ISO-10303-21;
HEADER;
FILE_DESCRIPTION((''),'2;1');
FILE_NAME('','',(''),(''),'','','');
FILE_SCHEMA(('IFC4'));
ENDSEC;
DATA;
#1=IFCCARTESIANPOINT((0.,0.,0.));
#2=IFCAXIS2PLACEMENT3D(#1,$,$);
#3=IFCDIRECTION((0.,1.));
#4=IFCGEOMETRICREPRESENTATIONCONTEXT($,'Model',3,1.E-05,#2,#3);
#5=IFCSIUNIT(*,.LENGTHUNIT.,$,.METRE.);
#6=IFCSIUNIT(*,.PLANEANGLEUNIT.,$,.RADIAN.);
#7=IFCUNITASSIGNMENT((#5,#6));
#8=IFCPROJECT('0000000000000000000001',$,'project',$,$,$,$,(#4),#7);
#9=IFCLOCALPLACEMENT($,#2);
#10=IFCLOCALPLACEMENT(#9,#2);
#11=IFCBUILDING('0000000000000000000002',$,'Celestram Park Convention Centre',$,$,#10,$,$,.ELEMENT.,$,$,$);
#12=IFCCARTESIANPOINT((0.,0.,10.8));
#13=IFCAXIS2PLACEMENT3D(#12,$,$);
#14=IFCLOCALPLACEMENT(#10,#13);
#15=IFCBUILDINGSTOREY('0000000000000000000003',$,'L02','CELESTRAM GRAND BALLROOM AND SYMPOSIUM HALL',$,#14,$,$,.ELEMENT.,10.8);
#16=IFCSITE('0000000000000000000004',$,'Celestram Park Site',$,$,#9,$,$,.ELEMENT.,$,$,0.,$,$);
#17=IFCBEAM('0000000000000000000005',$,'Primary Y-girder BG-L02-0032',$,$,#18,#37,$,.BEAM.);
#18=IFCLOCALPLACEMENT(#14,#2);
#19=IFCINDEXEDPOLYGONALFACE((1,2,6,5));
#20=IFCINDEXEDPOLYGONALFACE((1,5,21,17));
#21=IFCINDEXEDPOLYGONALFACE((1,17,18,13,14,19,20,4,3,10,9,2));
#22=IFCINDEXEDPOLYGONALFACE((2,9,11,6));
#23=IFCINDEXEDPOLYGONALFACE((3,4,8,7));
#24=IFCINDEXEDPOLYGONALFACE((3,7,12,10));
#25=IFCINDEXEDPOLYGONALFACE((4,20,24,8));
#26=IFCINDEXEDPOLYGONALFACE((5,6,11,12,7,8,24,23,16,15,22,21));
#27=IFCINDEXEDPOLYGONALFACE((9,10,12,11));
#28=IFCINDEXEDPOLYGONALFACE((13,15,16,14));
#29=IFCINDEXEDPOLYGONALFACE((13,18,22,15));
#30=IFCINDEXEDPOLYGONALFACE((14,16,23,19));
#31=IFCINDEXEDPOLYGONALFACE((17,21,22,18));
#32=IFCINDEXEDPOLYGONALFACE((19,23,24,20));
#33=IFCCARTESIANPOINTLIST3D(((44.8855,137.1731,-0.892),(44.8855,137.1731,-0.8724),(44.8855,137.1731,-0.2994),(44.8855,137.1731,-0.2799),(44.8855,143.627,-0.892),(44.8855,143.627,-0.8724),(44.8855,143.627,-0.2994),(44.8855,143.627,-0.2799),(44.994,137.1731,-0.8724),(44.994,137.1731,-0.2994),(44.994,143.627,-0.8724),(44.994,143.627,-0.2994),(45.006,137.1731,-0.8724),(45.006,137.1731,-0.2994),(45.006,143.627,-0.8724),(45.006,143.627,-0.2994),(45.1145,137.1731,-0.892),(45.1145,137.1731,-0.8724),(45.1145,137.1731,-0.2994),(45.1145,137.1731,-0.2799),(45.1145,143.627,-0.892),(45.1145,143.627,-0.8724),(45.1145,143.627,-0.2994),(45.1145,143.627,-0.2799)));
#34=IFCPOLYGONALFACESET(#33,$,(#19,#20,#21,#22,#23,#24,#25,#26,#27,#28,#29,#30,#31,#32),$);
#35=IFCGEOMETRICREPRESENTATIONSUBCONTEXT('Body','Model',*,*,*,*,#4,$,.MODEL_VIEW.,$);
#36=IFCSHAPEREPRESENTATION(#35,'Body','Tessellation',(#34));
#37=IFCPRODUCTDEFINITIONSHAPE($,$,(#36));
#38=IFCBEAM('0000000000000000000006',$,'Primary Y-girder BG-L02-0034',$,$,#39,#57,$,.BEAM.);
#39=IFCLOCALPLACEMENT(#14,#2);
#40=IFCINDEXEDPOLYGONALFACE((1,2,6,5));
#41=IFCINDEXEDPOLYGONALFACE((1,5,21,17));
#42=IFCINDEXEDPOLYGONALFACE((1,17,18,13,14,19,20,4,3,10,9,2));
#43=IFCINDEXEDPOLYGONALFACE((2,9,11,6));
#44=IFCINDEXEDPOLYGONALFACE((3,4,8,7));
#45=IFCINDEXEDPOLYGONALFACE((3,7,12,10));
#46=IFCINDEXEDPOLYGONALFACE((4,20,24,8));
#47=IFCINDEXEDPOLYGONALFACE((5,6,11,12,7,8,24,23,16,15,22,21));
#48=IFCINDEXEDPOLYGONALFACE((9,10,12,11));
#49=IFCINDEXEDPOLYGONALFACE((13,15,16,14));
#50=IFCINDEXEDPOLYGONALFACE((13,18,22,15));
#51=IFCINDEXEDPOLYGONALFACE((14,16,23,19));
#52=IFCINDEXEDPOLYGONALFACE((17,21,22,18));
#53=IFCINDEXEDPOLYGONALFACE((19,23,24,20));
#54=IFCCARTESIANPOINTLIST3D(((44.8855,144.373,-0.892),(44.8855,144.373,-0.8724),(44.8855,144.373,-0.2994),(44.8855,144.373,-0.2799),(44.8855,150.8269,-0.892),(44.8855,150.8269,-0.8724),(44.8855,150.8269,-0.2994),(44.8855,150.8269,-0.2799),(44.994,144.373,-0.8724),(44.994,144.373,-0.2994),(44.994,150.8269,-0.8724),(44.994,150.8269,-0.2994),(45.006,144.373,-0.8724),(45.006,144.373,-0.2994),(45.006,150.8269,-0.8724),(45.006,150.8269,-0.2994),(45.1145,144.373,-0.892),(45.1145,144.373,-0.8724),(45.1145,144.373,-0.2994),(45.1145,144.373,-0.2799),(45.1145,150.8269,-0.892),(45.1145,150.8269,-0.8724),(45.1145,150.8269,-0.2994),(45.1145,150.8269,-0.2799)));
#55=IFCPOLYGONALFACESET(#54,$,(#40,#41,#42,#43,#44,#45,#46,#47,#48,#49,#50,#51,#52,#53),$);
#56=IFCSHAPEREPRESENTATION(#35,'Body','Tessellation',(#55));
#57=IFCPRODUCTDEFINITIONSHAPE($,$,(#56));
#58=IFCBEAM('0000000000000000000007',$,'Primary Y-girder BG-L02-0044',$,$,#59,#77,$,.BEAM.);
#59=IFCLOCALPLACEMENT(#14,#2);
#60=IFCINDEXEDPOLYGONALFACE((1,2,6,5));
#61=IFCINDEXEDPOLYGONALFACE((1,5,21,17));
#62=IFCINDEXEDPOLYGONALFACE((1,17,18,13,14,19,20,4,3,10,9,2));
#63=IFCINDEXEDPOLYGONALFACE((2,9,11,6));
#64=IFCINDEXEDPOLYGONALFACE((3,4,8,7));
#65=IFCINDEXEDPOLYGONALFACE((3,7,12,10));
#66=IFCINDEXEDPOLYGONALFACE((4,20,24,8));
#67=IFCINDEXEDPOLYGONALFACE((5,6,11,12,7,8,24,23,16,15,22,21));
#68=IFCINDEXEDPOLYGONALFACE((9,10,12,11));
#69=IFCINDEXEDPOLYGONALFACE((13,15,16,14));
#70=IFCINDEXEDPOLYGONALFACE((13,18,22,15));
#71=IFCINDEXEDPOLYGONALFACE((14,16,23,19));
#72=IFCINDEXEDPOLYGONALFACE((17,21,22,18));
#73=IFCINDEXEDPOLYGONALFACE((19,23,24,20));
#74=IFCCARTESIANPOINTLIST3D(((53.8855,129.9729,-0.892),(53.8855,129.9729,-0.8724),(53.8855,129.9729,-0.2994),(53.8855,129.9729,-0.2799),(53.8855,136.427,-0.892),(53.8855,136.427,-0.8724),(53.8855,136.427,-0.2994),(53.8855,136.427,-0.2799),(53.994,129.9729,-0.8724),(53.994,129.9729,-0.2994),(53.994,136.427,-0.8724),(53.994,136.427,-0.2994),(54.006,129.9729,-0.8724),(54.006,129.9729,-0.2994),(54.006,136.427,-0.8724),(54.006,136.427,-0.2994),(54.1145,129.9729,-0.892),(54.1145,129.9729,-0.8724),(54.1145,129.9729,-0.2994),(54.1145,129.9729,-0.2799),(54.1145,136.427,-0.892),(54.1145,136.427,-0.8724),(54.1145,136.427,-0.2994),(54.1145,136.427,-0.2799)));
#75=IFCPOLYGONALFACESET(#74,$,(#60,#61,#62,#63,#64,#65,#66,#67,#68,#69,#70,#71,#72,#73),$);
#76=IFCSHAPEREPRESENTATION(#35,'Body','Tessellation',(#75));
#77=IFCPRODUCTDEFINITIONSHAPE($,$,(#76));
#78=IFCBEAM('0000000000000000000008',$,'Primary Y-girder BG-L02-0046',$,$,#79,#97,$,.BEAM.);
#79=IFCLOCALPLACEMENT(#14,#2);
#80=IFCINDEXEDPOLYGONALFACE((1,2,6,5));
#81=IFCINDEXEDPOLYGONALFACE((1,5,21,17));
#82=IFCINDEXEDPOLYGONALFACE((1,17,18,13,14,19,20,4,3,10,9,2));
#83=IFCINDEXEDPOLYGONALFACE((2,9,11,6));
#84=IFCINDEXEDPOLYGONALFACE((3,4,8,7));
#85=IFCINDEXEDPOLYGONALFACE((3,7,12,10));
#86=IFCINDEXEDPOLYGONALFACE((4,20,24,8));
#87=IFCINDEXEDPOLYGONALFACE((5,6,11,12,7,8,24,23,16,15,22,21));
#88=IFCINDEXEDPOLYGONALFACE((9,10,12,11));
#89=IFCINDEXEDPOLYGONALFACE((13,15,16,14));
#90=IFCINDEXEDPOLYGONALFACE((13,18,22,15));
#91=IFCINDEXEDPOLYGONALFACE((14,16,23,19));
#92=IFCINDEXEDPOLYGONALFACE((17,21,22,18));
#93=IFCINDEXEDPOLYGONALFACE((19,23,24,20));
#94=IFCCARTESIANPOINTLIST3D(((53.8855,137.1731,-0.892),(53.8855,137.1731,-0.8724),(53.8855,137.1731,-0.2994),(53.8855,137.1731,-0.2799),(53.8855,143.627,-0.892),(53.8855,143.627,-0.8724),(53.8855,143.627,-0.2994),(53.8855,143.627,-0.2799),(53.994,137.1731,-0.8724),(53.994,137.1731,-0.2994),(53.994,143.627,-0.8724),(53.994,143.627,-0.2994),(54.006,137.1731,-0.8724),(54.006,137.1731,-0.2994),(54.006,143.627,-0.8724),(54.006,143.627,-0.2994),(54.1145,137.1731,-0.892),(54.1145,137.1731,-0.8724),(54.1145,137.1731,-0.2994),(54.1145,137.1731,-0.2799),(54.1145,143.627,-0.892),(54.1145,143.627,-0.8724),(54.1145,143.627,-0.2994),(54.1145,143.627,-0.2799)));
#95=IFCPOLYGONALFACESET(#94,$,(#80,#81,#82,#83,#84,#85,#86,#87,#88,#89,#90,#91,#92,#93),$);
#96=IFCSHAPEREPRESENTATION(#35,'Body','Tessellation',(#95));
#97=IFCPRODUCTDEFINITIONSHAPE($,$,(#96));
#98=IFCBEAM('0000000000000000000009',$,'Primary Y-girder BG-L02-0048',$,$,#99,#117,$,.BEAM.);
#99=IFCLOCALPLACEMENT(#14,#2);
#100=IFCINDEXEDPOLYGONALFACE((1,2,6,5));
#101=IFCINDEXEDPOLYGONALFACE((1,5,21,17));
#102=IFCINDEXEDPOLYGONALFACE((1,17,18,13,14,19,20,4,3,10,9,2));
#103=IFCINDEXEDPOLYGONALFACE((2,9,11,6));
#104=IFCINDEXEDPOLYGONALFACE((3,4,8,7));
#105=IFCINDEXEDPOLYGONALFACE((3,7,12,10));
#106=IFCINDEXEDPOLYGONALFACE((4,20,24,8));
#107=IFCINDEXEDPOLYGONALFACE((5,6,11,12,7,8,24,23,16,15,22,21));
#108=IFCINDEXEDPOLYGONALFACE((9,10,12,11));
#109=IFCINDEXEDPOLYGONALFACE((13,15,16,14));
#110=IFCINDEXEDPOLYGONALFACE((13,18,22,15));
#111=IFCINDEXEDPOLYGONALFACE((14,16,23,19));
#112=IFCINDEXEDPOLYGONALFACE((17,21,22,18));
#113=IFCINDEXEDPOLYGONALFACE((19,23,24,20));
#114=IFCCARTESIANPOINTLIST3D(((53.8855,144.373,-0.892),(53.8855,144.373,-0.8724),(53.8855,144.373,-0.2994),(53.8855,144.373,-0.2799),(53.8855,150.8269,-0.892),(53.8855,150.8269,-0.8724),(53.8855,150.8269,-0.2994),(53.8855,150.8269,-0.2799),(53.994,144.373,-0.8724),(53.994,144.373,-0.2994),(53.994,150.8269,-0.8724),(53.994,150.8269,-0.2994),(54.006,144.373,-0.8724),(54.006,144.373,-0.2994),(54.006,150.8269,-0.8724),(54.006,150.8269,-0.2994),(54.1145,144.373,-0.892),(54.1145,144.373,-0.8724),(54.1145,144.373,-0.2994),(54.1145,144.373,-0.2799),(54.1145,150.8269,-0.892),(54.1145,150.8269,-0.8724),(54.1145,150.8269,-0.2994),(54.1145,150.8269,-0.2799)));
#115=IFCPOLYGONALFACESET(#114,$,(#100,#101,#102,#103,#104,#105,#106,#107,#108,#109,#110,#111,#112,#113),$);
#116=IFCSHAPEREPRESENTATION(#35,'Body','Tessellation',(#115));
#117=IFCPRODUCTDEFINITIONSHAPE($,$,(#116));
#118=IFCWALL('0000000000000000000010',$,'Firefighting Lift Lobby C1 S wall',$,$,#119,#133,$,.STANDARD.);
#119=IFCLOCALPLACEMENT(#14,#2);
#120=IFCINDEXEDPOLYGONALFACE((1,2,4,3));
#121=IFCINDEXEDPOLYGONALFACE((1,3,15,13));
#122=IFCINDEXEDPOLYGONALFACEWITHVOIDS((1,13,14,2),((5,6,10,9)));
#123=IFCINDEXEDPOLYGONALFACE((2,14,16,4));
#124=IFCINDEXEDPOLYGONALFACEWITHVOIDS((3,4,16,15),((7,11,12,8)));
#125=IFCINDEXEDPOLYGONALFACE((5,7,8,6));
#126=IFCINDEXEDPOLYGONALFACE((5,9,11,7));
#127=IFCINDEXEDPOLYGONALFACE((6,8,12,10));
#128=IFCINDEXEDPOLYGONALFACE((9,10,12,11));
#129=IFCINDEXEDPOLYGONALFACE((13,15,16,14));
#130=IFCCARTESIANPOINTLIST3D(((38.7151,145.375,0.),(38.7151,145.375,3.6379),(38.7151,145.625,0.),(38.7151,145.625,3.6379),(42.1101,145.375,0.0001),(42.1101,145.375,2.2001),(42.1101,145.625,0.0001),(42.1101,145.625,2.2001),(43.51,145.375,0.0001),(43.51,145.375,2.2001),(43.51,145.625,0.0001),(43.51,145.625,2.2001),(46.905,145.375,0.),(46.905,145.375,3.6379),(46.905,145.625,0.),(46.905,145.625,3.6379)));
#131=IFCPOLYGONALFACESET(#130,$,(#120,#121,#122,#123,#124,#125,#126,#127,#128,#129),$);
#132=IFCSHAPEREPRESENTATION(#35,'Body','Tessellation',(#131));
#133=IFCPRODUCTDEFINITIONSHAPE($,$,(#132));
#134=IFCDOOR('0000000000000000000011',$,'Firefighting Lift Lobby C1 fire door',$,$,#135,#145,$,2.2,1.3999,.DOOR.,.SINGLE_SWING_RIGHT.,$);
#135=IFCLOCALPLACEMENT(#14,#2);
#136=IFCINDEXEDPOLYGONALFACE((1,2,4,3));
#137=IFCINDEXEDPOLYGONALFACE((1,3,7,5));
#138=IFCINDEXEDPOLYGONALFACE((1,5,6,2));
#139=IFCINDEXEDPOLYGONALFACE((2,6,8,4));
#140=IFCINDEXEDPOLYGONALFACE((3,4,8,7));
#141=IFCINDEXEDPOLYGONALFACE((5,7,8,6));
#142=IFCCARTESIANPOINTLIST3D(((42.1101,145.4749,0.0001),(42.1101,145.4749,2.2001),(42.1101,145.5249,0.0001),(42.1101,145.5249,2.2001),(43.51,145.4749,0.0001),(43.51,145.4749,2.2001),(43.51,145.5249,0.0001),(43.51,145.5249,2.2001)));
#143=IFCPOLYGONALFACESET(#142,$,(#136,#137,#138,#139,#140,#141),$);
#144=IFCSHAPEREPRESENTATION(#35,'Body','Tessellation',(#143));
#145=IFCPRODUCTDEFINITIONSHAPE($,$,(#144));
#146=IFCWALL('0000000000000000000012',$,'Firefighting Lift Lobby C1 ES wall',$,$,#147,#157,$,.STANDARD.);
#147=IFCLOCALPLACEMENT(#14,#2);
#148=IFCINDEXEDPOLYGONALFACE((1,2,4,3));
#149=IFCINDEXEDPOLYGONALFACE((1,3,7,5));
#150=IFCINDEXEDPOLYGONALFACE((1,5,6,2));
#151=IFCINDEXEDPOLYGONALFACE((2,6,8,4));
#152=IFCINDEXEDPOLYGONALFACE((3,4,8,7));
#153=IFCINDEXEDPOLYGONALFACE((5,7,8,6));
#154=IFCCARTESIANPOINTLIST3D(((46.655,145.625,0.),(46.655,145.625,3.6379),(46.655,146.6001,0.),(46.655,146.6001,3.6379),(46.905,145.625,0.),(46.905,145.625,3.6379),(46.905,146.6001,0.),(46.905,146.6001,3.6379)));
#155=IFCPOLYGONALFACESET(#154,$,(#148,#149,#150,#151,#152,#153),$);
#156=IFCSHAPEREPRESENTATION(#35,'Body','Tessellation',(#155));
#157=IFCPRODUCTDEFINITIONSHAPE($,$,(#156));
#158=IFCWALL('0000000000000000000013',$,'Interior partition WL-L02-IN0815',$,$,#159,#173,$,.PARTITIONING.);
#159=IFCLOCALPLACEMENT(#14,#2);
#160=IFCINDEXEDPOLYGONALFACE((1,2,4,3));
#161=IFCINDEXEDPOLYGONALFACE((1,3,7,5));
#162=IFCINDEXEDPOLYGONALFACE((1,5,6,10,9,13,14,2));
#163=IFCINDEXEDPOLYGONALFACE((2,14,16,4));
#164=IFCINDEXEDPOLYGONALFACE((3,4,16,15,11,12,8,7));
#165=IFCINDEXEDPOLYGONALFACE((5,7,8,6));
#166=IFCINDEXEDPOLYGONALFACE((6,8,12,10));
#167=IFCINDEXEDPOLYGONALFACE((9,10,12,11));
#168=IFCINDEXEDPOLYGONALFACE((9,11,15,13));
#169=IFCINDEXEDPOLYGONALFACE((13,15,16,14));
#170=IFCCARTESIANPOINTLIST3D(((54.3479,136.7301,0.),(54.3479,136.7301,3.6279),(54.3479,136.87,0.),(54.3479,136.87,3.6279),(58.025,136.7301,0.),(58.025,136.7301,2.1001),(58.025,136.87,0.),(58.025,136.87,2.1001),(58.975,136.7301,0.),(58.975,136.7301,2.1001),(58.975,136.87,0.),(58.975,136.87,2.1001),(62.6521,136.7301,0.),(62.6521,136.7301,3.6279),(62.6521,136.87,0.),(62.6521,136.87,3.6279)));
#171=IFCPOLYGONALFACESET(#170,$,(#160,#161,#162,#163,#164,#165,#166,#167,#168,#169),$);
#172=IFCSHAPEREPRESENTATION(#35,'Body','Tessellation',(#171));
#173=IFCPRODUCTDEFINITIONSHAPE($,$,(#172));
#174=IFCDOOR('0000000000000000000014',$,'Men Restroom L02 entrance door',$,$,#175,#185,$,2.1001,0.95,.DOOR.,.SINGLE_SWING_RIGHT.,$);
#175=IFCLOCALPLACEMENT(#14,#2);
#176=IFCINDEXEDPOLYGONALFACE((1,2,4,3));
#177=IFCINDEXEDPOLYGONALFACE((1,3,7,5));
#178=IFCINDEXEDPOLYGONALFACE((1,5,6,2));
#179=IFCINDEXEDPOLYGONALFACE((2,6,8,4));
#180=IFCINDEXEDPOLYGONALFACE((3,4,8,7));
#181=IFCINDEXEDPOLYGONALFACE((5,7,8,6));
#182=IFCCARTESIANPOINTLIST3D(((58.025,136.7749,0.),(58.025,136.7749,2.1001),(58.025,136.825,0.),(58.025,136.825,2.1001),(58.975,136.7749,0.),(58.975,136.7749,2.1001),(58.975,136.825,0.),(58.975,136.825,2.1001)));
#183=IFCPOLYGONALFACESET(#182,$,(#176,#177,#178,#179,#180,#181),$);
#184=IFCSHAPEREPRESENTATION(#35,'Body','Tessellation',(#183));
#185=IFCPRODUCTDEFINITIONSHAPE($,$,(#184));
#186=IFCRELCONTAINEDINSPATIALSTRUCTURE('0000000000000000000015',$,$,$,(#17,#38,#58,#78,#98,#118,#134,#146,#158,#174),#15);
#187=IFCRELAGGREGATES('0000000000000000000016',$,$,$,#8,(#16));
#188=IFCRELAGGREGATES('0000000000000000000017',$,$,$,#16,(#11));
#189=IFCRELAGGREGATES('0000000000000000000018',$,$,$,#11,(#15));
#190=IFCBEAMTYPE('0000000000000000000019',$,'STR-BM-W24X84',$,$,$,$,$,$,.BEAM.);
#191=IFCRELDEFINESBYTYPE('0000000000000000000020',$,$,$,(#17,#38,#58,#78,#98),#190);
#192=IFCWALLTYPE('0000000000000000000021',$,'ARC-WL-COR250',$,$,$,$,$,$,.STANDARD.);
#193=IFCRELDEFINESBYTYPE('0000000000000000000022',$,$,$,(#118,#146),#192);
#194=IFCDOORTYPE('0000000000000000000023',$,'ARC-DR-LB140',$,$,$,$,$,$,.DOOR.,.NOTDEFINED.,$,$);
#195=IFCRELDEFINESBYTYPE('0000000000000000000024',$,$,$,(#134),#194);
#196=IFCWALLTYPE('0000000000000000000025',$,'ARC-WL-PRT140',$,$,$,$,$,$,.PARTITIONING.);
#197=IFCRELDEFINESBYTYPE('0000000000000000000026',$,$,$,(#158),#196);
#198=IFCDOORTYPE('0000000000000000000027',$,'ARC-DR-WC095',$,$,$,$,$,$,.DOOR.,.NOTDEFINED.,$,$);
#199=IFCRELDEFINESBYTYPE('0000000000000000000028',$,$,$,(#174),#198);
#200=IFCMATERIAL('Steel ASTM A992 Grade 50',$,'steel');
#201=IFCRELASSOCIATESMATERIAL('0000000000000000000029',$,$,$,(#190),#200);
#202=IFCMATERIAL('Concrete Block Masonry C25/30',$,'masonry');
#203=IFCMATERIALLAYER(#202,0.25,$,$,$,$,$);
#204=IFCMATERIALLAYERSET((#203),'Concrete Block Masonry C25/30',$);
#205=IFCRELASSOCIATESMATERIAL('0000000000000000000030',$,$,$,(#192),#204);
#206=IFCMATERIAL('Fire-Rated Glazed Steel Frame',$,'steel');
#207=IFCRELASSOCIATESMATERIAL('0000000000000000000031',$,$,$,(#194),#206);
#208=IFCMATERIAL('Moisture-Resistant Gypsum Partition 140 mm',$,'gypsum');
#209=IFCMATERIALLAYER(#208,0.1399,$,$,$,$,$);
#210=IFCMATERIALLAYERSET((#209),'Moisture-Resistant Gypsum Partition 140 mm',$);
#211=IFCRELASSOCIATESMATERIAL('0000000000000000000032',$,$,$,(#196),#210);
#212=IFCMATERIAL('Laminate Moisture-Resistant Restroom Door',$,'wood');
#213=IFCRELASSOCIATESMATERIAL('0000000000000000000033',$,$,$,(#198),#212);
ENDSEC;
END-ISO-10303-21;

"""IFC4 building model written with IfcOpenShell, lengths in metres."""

from ifc_helpers import new_model, si_unit, direction, frame, frame_2d, origin, origin_2d, place, context, subcontext, project, spatial, rectangle, i_section, extrude, material, layer, layer_set, material_profile, profile_set, type_object, element, fill, save


model = new_model("IFC4")

# Units and contexts
model_context = context("Model", 3, precision=1e-05, world=origin(), true_north=direction((0.0, 1.0)))
body_context = subcontext(model_context, "Body", "Model", "MODEL_VIEW")
ifc_project = project(units=[si_unit("LENGTHUNIT", "METRE"), si_unit("PLANEANGLEUNIT", "RADIAN")], contexts=[model_context])

# Site, building, storey
site_placement = place(None, origin())
site = spatial("IfcSite", under=ifc_project, at=site_placement, Name="Celestram Park Site", CompositionType="ELEMENT", RefElevation=0.0)
building_placement = place(site_placement, origin())
building = spatial("IfcBuilding", under=site, at=building_placement, Name="Celestram Park Convention Centre", CompositionType="ELEMENT")
storey_placement = place(building_placement, frame((0.0, 0.0, 10.8)))
storey = spatial("IfcBuildingStorey", under=building, at=storey_placement, Name="L02", Description="CELESTRAM GRAND BALLROOM AND SYMPOSIUM HALL", CompositionType="ELEMENT", Elevation=10.8)

# Beams
ifc_material_1 = material(Name="Steel ASTM A992 Grade 50", Category="steel")
ifc_material_profile_1 = material_profile(ifc_material_1, i_section(OverallWidth=0.229, OverallDepth=0.6121, WebThickness=0.012, FlangeThickness=0.0195, at=origin_2d()), Name="W24X84")
ifc_profile_set_1 = profile_set([ifc_material_profile_1], Name="Steel ASTM A992 Grade 50")
beam_type_1 = type_object("IfcBeamType", Name="STR-BM-W24X84", PredefinedType="BEAM", material=ifc_profile_set_1)
for number, where, z_axis, x_axis, name in (
    (1, (45.0, 137.1731, -0.5859), (0.0, 1.0, 0.0), (-1.0, 0.0, 0.0), "Primary Y-girder BG-L02-0032"),
    (2, (45.0, 144.373, -0.5859), (0.0, 1.0, 0.0), (-1.0, 0.0, 0.0), "Primary Y-girder BG-L02-0034"),
):
    element("IfcBeam", number, at=place(storey_placement, frame(where, z_axis=z_axis, x_axis=x_axis)), inside=storey, type_object=beam_type_1, Name=name, PredefinedType="BEAM", context=body_context, shape_type="SweptSolid", body=[
        extrude(i_section(OverallWidth=0.229, OverallDepth=0.6121, WebThickness=0.012, FlangeThickness=0.0195, at=origin_2d()), origin(), (0.0, 0.0, 1.0), 6.4539),
    ])
beam_1_placement = place(storey_placement, frame((54.0, 129.9729, -0.5859), z_axis=(0.0, 1.0, 0.0), x_axis=(-1.0, 0.0, 0.0)))
element("IfcBeam", 3, at=beam_1_placement, inside=storey, type_object=beam_type_1, Name="Primary Y-girder BG-L02-0044", PredefinedType="BEAM", context=body_context, shape_type="SweptSolid", body=[
    extrude(i_section(OverallWidth=0.229, OverallDepth=0.6121, WebThickness=0.012, FlangeThickness=0.0195, at=origin_2d()), origin(), (0.0, 0.0, 1.0), 6.4541),
])
for number, where, z_axis, x_axis, name in (
    (4, (54.0, 137.1731, -0.5859), (0.0, 1.0, 0.0), (-1.0, 0.0, 0.0), "Primary Y-girder BG-L02-0046"),
    (5, (54.0, 144.373, -0.5859), (0.0, 1.0, 0.0), (-1.0, 0.0, 0.0), "Primary Y-girder BG-L02-0048"),
):
    element("IfcBeam", number, at=place(storey_placement, frame(where, z_axis=z_axis, x_axis=x_axis)), inside=storey, type_object=beam_type_1, Name=name, PredefinedType="BEAM", context=body_context, shape_type="SweptSolid", body=[
        extrude(i_section(OverallWidth=0.229, OverallDepth=0.6121, WebThickness=0.012, FlangeThickness=0.0195, at=origin_2d()), origin(), (0.0, 0.0, 1.0), 6.4539),
    ])

# Wall, opening, door
ifc_material_2 = material(Name="Concrete Block Masonry C25/30", Category="masonry")
ifc_layer_1 = layer(ifc_material_2, 0.25)
ifc_layer_set_1 = layer_set([ifc_layer_1], Name="Concrete Block Masonry C25/30")
wall_type_1 = type_object("IfcWallType", Name="ARC-WL-COR250", PredefinedType="STANDARD", material=ifc_layer_set_1)
wall_1_placement = place(storey_placement, frame((38.7151, 145.5, 0.0), z_axis=(0.0, 0.0, 1.0), x_axis=(1.0, 0.0, 0.0)))
wall_1 = element("IfcWall", 6, at=wall_1_placement, inside=storey, type_object=wall_type_1, Name="Firefighting Lift Lobby C1 S wall", PredefinedType="STANDARD", context=body_context, shape_type="SweptSolid", body=[
    extrude(rectangle(XDim=8.1899, YDim=0.25, at=frame_2d((4.095, 0.0))), origin(), (0.0, 0.0, 1.0), 3.6379),
])
opening_1_placement = place(wall_1_placement, frame((3.395, 0.0, 0.0)))
opening_1 = element("IfcOpeningElement", 7, at=opening_1_placement, cuts=wall_1, PredefinedType="OPENING", context=body_context, shape_type="SweptSolid", body=[
    extrude(rectangle(XDim=1.3999, YDim=2.2, at=frame_2d((0.7, 1.1001))), frame((0.0, 0.135, 0.0), z_axis=(0.0, -1.0, 0.0), x_axis=(1.0, 0.0, 0.0)), (0.0, 0.0, 1.0), 0.27),
])
ifc_material_3 = material(Name="Fire-Rated Glazed Steel Frame", Category="steel")
door_type_1 = type_object("IfcDoorType", Name="ARC-DR-LB140", OperationType="NOTDEFINED", PredefinedType="DOOR", material=ifc_material_3)
door_1_placement = place(opening_1_placement, origin())
door_1 = element("IfcDoor", 8, at=door_1_placement, inside=storey, type_object=door_type_1, Name="Firefighting Lift Lobby C1 fire door", OperationType="SINGLE_SWING_RIGHT", OverallHeight=2.2, OverallWidth=1.3999, PredefinedType="DOOR", context=body_context, shape_type="SweptSolid", body=[
    extrude(rectangle(XDim=1.3999, YDim=2.2, at=frame_2d((0.7, 1.1001))), frame((0.0, 0.0249, 0.0), z_axis=(0.0, -1.0, 0.0), x_axis=(1.0, 0.0, 0.0)), (0.0, 0.0, 1.0), 0.05),
])
fill(opening_1, door_1)

# Wall
wall_2_placement = place(storey_placement, frame((46.78, 145.625, 0.0), z_axis=(0.0, 0.0, 1.0), x_axis=(0.0, 1.0, 0.0)))
element("IfcWall", 9, at=wall_2_placement, inside=storey, type_object=wall_type_1, Name="Firefighting Lift Lobby C1 ES wall", PredefinedType="STANDARD", context=body_context, shape_type="SweptSolid", body=[
    extrude(rectangle(XDim=0.9751, YDim=0.25, at=frame_2d((0.4875, 0.0))), origin(), (0.0, 0.0, 1.0), 3.6379),
])

# Wall, opening, door
ifc_material_4 = material(Name="Moisture-Resistant Gypsum Partition 140 mm", Category="gypsum")
ifc_layer_2 = layer(ifc_material_4, 0.1399)
ifc_layer_set_2 = layer_set([ifc_layer_2], Name="Moisture-Resistant Gypsum Partition 140 mm")
wall_type_2 = type_object("IfcWallType", Name="ARC-WL-PRT140", PredefinedType="PARTITIONING", material=ifc_layer_set_2)
wall_3_placement = place(storey_placement, frame((54.3479, 136.8, 0.0), z_axis=(0.0, 0.0, 1.0), x_axis=(1.0, 0.0, 0.0)))
wall_3 = element("IfcWall", 10, at=wall_3_placement, inside=storey, type_object=wall_type_2, Name="Interior partition WL-L02-IN0815", PredefinedType="PARTITIONING", context=body_context, shape_type="SweptSolid", body=[
    extrude(rectangle(XDim=8.3042, YDim=0.1399, at=frame_2d((4.1521, 0.0))), origin(), (0.0, 0.0, 1.0), 3.6279),
])
opening_2_placement = place(wall_3_placement, frame((3.677, 0.0, 0.0)))
opening_2 = element("IfcOpeningElement", 11, at=opening_2_placement, cuts=wall_3, PredefinedType="OPENING", context=body_context, shape_type="SweptSolid", body=[
    extrude(rectangle(XDim=0.95, YDim=2.1001, at=frame_2d((0.4751, 1.05))), frame((0.0, 0.0798, 0.0), z_axis=(0.0, -1.0, 0.0), x_axis=(1.0, 0.0, 0.0)), (0.0, 0.0, 1.0), 0.1599),
])
ifc_material_5 = material(Name="Laminate Moisture-Resistant Restroom Door", Category="wood")
door_type_2 = type_object("IfcDoorType", Name="ARC-DR-WC095", OperationType="NOTDEFINED", PredefinedType="DOOR", material=ifc_material_5)
door_2_placement = place(opening_2_placement, origin())
door_2 = element("IfcDoor", 12, at=door_2_placement, inside=storey, type_object=door_type_2, Name="Men Restroom L02 entrance door", OperationType="SINGLE_SWING_RIGHT", OverallHeight=2.1001, OverallWidth=0.95, PredefinedType="DOOR", context=body_context, shape_type="SweptSolid", body=[
    extrude(rectangle(XDim=0.95, YDim=2.1001, at=frame_2d((0.4751, 1.05))), frame((0.0, 0.0249, 0.0), z_axis=(0.0, -1.0, 0.0), x_axis=(1.0, 0.0, 0.0)), (0.0, 0.0, 1.0), 0.05),
])
fill(opening_2, door_2)

save(model, "model.ifc")
